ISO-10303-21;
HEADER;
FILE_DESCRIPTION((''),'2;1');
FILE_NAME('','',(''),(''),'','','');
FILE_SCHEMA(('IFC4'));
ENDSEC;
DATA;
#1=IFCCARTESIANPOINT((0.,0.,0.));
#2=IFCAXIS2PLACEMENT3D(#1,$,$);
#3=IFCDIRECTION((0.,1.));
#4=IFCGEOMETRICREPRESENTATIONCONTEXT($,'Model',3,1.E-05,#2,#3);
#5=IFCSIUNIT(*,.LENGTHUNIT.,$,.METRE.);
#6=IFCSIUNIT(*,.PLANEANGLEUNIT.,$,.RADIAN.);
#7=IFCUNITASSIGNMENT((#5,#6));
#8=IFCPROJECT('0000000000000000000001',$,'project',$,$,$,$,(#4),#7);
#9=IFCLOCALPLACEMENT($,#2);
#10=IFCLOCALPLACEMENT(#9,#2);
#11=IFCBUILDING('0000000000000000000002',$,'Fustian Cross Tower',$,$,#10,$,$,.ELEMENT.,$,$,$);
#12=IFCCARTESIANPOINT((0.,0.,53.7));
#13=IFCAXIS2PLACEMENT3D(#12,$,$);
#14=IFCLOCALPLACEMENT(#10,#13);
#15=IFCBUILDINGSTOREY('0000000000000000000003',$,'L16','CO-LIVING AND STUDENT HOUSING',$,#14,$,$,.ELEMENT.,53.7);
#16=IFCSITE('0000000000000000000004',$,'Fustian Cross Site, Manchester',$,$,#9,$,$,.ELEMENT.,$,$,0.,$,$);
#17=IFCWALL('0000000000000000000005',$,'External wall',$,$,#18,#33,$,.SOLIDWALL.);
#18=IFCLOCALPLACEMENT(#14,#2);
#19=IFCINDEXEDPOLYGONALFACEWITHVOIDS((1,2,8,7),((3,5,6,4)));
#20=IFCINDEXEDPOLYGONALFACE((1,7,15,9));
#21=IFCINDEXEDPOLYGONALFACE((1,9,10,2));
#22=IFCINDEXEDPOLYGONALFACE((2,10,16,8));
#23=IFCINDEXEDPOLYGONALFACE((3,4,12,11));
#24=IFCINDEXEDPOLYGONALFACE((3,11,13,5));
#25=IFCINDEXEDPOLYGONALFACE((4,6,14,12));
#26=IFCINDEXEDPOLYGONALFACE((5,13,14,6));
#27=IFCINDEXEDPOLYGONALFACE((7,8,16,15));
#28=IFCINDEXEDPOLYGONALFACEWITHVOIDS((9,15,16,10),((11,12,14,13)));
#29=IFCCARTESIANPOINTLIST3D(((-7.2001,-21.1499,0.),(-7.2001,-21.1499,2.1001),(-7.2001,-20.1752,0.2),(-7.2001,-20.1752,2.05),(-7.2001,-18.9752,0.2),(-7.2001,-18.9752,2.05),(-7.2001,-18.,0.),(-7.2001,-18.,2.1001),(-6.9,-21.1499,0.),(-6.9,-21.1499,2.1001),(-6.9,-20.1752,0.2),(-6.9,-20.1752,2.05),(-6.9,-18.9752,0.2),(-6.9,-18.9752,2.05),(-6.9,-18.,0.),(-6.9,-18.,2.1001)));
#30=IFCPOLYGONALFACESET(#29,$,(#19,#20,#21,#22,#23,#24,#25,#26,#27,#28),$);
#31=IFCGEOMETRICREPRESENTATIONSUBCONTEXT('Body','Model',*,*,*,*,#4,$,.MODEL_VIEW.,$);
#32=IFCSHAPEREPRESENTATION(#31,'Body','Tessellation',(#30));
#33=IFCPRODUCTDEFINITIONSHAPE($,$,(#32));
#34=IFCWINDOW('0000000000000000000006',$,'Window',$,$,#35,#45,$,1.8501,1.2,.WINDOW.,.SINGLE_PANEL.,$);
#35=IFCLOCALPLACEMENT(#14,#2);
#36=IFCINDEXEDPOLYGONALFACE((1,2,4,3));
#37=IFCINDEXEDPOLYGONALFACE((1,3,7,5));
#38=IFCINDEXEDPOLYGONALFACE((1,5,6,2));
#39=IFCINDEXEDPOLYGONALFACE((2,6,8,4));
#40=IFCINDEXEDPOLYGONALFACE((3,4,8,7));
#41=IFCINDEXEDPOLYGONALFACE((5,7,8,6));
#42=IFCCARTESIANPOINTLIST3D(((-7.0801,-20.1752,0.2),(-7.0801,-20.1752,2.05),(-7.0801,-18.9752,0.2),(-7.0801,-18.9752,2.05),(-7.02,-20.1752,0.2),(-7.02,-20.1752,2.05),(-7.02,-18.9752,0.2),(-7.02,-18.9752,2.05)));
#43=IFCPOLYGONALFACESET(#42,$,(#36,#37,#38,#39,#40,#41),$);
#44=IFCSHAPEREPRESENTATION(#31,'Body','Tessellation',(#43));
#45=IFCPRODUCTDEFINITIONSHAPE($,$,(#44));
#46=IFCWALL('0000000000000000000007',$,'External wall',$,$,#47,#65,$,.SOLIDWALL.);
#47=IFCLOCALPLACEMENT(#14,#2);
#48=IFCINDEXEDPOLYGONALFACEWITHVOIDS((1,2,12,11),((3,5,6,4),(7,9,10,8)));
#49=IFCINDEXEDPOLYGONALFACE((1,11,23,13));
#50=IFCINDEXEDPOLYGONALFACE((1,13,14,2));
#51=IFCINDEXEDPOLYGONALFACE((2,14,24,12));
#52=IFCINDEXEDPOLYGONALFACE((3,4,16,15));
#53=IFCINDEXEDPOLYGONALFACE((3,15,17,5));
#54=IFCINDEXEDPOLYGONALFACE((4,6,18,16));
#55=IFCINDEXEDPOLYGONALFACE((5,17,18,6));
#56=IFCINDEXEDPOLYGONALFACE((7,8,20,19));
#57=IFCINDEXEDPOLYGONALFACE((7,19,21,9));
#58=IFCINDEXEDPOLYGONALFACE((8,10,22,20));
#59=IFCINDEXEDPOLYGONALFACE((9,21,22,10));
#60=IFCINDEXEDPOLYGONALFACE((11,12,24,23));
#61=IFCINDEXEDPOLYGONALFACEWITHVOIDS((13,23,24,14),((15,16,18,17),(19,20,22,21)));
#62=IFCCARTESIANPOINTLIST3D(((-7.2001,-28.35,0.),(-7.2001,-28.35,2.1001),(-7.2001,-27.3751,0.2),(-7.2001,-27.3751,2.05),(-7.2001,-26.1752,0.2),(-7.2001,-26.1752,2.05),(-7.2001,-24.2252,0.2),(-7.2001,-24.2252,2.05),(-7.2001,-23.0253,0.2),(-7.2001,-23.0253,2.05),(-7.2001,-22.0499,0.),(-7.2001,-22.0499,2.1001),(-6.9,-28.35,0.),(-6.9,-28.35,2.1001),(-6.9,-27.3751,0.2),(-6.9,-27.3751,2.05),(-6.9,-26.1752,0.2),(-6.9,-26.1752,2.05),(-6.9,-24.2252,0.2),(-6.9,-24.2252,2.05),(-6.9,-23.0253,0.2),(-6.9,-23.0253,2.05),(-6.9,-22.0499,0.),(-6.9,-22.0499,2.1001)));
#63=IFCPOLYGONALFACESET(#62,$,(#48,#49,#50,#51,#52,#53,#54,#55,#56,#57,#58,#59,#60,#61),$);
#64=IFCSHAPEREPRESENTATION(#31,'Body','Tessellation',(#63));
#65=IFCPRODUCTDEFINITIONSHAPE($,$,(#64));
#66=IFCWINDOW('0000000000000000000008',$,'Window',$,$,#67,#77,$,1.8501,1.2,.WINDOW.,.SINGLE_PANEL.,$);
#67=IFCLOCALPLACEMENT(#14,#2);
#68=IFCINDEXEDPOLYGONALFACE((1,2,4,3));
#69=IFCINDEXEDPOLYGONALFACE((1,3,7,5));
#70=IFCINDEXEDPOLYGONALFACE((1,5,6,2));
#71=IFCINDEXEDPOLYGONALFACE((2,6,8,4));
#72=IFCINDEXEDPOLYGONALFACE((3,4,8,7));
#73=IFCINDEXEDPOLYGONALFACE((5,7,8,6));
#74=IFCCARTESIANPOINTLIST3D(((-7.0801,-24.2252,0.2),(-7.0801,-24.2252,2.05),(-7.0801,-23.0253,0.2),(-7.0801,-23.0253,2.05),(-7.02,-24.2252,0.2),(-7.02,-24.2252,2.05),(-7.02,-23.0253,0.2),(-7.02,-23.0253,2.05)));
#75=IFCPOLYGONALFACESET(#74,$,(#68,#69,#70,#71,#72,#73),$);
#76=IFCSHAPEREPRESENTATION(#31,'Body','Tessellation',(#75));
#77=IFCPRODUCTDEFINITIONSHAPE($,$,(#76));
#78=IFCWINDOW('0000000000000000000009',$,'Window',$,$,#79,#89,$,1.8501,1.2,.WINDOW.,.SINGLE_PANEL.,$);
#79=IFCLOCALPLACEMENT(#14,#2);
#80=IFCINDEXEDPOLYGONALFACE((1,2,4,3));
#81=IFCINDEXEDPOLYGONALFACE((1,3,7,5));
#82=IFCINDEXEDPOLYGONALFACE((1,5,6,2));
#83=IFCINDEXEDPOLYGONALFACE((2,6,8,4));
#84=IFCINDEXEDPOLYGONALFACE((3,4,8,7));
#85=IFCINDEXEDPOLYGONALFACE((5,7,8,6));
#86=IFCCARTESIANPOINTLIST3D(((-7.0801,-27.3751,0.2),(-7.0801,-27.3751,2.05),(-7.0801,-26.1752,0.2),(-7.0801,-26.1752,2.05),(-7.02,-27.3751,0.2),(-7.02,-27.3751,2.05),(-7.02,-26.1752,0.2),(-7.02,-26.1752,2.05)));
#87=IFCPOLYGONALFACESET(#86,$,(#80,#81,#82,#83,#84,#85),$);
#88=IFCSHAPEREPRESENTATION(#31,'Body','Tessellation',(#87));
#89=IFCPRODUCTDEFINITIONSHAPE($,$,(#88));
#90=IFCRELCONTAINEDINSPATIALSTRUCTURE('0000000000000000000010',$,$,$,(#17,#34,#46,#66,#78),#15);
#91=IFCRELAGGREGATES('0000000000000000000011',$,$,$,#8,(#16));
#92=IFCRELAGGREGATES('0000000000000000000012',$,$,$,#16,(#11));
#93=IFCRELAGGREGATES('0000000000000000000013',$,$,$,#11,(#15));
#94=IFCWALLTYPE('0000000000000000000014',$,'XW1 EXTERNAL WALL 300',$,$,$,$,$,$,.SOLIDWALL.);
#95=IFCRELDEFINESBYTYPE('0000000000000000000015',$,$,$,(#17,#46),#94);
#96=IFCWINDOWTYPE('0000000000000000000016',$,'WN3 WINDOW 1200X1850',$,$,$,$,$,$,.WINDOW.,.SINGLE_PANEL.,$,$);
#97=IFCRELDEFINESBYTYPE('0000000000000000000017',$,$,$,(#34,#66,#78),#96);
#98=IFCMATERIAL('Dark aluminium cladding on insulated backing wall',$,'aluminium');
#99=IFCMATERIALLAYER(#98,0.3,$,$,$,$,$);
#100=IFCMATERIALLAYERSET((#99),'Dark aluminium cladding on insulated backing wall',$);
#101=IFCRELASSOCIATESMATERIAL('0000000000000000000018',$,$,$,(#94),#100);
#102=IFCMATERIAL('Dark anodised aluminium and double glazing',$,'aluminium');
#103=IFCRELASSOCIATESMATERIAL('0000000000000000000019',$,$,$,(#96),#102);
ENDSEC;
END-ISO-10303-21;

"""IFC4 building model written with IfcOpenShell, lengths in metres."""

from ifc_helpers import new_model, si_unit, direction, frame, frame_2d, origin, place, context, subcontext, project, spatial, rectangle, extrude, material, layer, layer_set, type_object, element, fill, save


model = new_model("IFC4")

# Units and contexts
model_context = context("Model", 3, precision=1e-05, world=origin(), true_north=direction((0.0, 1.0)))
body_context = subcontext(model_context, "Body", "Model", "MODEL_VIEW")
ifc_project = project(units=[si_unit("LENGTHUNIT", "METRE"), si_unit("PLANEANGLEUNIT", "RADIAN")], contexts=[model_context])

# Site, building, storey
site_placement = place(None, origin())
site = spatial("IfcSite", under=ifc_project, at=site_placement, Name="Fustian Cross Site, Manchester", CompositionType="ELEMENT", RefElevation=0.0)
building_placement = place(site_placement, origin())
building = spatial("IfcBuilding", under=site, at=building_placement, Name="Fustian Cross Tower", CompositionType="ELEMENT")
storey_placement = place(building_placement, frame((0.0, 0.0, 53.7)))
storey = spatial("IfcBuildingStorey", under=building, at=storey_placement, Name="L16", Description="CO-LIVING AND STUDENT HOUSING", CompositionType="ELEMENT", Elevation=53.7)

# Shared definitions
ifc_material_1 = material(Name="Dark aluminium cladding on insulated backing wall", Category="aluminium")
ifc_layer_1 = layer(ifc_material_1, 0.3)
ifc_layer_set_1 = layer_set([ifc_layer_1], Name="Dark aluminium cladding on insulated backing wall")
wall_type_1 = type_object("IfcWallType", Name="XW1 EXTERNAL WALL 300", PredefinedType="SOLIDWALL", material=ifc_layer_set_1)

# Wall, opening, window
ifc_material_2 = material(Name="Dark anodised aluminium and double glazing", Category="aluminium")
window_type = type_object("IfcWindowType", Name="WN3 WINDOW 1200X1850", PartitioningType="SINGLE_PANEL", PredefinedType="WINDOW", material=ifc_material_2)
wall_1_placement = place(storey_placement, frame((-7.05, -18.0, 0.0), z_axis=(0.0, 0.0, 1.0), x_axis=(0.0, -1.0, 0.0)))
wall_1 = element("IfcWall", 1, at=wall_1_placement, inside=storey, type_object=wall_type_1, Name="External wall", PredefinedType="SOLIDWALL", context=body_context, shape_type="SweptSolid", body=[
    extrude(rectangle(XDim=3.1499, YDim=0.3, at=frame_2d((1.575, 0.0))), origin(), (0.0, 0.0, 1.0), 2.1001),
])
opening_1_placement = place(wall_1_placement, frame((0.9751, 0.0, 0.2)))
opening_1 = element("IfcOpeningElement", 2, at=opening_1_placement, cuts=wall_1, PredefinedType="OPENING", context=body_context, shape_type="SweptSolid", body=[
    extrude(rectangle(XDim=1.2, YDim=1.8501, at=frame_2d((0.6001, 0.925))), frame((0.0, 0.1599, 0.0), z_axis=(0.0, -1.0, 0.0), x_axis=(1.0, 0.0, 0.0)), (0.0, 0.0, 1.0), 0.3201),
])
window_1_placement = place(opening_1_placement, origin())
window_1 = element("IfcWindow", 3, at=window_1_placement, inside=storey, type_object=window_type, Name="Window", OverallHeight=1.8501, OverallWidth=1.2, PartitioningType="SINGLE_PANEL", PredefinedType="WINDOW", context=body_context, shape_type="SweptSolid", body=[
    extrude(rectangle(XDim=1.2, YDim=1.8501, at=frame_2d((0.6001, 0.925))), frame((0.0, 0.03, 0.0), z_axis=(0.0, -1.0, 0.0), x_axis=(1.0, 0.0, 0.0)), (0.0, 0.0, 1.0), 0.0601),
])
fill(opening_1, window_1)

# Wall, openings, windows
wall_2_placement = place(storey_placement, frame((-7.05, -22.05, 0.0), z_axis=(0.0, 0.0, 1.0), x_axis=(0.0, -1.0, 0.0)))
wall_2 = element("IfcWall", 4, at=wall_2_placement, inside=storey, type_object=wall_type_1, Name="External wall", PredefinedType="SOLIDWALL", context=body_context, shape_type="SweptSolid", body=[
    extrude(rectangle(XDim=6.3, YDim=0.3, at=frame_2d((3.1499, 0.0))), origin(), (0.0, 0.0, 1.0), 2.1001),
])
opening_2_placement = place(wall_2_placement, frame((0.9751, 0.0, 0.2)))
opening_2 = element("IfcOpeningElement", 5, at=opening_2_placement, cuts=wall_2, PredefinedType="OPENING", context=body_context, shape_type="SweptSolid", body=[
    extrude(rectangle(XDim=1.2, YDim=1.8501, at=frame_2d((0.6001, 0.925))), frame((0.0, 0.1599, 0.0), z_axis=(0.0, -1.0, 0.0), x_axis=(1.0, 0.0, 0.0)), (0.0, 0.0, 1.0), 0.3201),
])
opening_3_placement = place(wall_2_placement, frame((4.125, 0.0, 0.2)))
opening_3 = element("IfcOpeningElement", 6, at=opening_3_placement, cuts=wall_2, PredefinedType="OPENING", context=body_context, shape_type="SweptSolid", body=[
    extrude(rectangle(XDim=1.2, YDim=1.8501, at=frame_2d((0.6001, 0.925))), frame((0.0, 0.1599, 0.0), z_axis=(0.0, -1.0, 0.0), x_axis=(1.0, 0.0, 0.0)), (0.0, 0.0, 1.0), 0.3201),
])
window_2_placement = place(opening_2_placement, origin())
window_2 = element("IfcWindow", 7, at=window_2_placement, inside=storey, type_object=window_type, Name="Window", OverallHeight=1.8501, OverallWidth=1.2, PartitioningType="SINGLE_PANEL", PredefinedType="WINDOW", context=body_context, shape_type="SweptSolid", body=[
    extrude(rectangle(XDim=1.2, YDim=1.8501, at=frame_2d((0.6001, 0.925))), frame((0.0, 0.03, 0.0), z_axis=(0.0, -1.0, 0.0), x_axis=(1.0, 0.0, 0.0)), (0.0, 0.0, 1.0), 0.0601),
])
fill(opening_2, window_2)
window_3_placement = place(opening_3_placement, origin())
window_3 = element("IfcWindow", 8, at=window_3_placement, inside=storey, type_object=window_type, Name="Window", OverallHeight=1.8501, OverallWidth=1.2, PartitioningType="SINGLE_PANEL", PredefinedType="WINDOW", context=body_context, shape_type="SweptSolid", body=[
    extrude(rectangle(XDim=1.2, YDim=1.8501, at=frame_2d((0.6001, 0.925))), frame((0.0, 0.03, 0.0), z_axis=(0.0, -1.0, 0.0), x_axis=(1.0, 0.0, 0.0)), (0.0, 0.0, 1.0), 0.0601),
])
fill(opening_3, window_3)

save(model, "model.ifc")
